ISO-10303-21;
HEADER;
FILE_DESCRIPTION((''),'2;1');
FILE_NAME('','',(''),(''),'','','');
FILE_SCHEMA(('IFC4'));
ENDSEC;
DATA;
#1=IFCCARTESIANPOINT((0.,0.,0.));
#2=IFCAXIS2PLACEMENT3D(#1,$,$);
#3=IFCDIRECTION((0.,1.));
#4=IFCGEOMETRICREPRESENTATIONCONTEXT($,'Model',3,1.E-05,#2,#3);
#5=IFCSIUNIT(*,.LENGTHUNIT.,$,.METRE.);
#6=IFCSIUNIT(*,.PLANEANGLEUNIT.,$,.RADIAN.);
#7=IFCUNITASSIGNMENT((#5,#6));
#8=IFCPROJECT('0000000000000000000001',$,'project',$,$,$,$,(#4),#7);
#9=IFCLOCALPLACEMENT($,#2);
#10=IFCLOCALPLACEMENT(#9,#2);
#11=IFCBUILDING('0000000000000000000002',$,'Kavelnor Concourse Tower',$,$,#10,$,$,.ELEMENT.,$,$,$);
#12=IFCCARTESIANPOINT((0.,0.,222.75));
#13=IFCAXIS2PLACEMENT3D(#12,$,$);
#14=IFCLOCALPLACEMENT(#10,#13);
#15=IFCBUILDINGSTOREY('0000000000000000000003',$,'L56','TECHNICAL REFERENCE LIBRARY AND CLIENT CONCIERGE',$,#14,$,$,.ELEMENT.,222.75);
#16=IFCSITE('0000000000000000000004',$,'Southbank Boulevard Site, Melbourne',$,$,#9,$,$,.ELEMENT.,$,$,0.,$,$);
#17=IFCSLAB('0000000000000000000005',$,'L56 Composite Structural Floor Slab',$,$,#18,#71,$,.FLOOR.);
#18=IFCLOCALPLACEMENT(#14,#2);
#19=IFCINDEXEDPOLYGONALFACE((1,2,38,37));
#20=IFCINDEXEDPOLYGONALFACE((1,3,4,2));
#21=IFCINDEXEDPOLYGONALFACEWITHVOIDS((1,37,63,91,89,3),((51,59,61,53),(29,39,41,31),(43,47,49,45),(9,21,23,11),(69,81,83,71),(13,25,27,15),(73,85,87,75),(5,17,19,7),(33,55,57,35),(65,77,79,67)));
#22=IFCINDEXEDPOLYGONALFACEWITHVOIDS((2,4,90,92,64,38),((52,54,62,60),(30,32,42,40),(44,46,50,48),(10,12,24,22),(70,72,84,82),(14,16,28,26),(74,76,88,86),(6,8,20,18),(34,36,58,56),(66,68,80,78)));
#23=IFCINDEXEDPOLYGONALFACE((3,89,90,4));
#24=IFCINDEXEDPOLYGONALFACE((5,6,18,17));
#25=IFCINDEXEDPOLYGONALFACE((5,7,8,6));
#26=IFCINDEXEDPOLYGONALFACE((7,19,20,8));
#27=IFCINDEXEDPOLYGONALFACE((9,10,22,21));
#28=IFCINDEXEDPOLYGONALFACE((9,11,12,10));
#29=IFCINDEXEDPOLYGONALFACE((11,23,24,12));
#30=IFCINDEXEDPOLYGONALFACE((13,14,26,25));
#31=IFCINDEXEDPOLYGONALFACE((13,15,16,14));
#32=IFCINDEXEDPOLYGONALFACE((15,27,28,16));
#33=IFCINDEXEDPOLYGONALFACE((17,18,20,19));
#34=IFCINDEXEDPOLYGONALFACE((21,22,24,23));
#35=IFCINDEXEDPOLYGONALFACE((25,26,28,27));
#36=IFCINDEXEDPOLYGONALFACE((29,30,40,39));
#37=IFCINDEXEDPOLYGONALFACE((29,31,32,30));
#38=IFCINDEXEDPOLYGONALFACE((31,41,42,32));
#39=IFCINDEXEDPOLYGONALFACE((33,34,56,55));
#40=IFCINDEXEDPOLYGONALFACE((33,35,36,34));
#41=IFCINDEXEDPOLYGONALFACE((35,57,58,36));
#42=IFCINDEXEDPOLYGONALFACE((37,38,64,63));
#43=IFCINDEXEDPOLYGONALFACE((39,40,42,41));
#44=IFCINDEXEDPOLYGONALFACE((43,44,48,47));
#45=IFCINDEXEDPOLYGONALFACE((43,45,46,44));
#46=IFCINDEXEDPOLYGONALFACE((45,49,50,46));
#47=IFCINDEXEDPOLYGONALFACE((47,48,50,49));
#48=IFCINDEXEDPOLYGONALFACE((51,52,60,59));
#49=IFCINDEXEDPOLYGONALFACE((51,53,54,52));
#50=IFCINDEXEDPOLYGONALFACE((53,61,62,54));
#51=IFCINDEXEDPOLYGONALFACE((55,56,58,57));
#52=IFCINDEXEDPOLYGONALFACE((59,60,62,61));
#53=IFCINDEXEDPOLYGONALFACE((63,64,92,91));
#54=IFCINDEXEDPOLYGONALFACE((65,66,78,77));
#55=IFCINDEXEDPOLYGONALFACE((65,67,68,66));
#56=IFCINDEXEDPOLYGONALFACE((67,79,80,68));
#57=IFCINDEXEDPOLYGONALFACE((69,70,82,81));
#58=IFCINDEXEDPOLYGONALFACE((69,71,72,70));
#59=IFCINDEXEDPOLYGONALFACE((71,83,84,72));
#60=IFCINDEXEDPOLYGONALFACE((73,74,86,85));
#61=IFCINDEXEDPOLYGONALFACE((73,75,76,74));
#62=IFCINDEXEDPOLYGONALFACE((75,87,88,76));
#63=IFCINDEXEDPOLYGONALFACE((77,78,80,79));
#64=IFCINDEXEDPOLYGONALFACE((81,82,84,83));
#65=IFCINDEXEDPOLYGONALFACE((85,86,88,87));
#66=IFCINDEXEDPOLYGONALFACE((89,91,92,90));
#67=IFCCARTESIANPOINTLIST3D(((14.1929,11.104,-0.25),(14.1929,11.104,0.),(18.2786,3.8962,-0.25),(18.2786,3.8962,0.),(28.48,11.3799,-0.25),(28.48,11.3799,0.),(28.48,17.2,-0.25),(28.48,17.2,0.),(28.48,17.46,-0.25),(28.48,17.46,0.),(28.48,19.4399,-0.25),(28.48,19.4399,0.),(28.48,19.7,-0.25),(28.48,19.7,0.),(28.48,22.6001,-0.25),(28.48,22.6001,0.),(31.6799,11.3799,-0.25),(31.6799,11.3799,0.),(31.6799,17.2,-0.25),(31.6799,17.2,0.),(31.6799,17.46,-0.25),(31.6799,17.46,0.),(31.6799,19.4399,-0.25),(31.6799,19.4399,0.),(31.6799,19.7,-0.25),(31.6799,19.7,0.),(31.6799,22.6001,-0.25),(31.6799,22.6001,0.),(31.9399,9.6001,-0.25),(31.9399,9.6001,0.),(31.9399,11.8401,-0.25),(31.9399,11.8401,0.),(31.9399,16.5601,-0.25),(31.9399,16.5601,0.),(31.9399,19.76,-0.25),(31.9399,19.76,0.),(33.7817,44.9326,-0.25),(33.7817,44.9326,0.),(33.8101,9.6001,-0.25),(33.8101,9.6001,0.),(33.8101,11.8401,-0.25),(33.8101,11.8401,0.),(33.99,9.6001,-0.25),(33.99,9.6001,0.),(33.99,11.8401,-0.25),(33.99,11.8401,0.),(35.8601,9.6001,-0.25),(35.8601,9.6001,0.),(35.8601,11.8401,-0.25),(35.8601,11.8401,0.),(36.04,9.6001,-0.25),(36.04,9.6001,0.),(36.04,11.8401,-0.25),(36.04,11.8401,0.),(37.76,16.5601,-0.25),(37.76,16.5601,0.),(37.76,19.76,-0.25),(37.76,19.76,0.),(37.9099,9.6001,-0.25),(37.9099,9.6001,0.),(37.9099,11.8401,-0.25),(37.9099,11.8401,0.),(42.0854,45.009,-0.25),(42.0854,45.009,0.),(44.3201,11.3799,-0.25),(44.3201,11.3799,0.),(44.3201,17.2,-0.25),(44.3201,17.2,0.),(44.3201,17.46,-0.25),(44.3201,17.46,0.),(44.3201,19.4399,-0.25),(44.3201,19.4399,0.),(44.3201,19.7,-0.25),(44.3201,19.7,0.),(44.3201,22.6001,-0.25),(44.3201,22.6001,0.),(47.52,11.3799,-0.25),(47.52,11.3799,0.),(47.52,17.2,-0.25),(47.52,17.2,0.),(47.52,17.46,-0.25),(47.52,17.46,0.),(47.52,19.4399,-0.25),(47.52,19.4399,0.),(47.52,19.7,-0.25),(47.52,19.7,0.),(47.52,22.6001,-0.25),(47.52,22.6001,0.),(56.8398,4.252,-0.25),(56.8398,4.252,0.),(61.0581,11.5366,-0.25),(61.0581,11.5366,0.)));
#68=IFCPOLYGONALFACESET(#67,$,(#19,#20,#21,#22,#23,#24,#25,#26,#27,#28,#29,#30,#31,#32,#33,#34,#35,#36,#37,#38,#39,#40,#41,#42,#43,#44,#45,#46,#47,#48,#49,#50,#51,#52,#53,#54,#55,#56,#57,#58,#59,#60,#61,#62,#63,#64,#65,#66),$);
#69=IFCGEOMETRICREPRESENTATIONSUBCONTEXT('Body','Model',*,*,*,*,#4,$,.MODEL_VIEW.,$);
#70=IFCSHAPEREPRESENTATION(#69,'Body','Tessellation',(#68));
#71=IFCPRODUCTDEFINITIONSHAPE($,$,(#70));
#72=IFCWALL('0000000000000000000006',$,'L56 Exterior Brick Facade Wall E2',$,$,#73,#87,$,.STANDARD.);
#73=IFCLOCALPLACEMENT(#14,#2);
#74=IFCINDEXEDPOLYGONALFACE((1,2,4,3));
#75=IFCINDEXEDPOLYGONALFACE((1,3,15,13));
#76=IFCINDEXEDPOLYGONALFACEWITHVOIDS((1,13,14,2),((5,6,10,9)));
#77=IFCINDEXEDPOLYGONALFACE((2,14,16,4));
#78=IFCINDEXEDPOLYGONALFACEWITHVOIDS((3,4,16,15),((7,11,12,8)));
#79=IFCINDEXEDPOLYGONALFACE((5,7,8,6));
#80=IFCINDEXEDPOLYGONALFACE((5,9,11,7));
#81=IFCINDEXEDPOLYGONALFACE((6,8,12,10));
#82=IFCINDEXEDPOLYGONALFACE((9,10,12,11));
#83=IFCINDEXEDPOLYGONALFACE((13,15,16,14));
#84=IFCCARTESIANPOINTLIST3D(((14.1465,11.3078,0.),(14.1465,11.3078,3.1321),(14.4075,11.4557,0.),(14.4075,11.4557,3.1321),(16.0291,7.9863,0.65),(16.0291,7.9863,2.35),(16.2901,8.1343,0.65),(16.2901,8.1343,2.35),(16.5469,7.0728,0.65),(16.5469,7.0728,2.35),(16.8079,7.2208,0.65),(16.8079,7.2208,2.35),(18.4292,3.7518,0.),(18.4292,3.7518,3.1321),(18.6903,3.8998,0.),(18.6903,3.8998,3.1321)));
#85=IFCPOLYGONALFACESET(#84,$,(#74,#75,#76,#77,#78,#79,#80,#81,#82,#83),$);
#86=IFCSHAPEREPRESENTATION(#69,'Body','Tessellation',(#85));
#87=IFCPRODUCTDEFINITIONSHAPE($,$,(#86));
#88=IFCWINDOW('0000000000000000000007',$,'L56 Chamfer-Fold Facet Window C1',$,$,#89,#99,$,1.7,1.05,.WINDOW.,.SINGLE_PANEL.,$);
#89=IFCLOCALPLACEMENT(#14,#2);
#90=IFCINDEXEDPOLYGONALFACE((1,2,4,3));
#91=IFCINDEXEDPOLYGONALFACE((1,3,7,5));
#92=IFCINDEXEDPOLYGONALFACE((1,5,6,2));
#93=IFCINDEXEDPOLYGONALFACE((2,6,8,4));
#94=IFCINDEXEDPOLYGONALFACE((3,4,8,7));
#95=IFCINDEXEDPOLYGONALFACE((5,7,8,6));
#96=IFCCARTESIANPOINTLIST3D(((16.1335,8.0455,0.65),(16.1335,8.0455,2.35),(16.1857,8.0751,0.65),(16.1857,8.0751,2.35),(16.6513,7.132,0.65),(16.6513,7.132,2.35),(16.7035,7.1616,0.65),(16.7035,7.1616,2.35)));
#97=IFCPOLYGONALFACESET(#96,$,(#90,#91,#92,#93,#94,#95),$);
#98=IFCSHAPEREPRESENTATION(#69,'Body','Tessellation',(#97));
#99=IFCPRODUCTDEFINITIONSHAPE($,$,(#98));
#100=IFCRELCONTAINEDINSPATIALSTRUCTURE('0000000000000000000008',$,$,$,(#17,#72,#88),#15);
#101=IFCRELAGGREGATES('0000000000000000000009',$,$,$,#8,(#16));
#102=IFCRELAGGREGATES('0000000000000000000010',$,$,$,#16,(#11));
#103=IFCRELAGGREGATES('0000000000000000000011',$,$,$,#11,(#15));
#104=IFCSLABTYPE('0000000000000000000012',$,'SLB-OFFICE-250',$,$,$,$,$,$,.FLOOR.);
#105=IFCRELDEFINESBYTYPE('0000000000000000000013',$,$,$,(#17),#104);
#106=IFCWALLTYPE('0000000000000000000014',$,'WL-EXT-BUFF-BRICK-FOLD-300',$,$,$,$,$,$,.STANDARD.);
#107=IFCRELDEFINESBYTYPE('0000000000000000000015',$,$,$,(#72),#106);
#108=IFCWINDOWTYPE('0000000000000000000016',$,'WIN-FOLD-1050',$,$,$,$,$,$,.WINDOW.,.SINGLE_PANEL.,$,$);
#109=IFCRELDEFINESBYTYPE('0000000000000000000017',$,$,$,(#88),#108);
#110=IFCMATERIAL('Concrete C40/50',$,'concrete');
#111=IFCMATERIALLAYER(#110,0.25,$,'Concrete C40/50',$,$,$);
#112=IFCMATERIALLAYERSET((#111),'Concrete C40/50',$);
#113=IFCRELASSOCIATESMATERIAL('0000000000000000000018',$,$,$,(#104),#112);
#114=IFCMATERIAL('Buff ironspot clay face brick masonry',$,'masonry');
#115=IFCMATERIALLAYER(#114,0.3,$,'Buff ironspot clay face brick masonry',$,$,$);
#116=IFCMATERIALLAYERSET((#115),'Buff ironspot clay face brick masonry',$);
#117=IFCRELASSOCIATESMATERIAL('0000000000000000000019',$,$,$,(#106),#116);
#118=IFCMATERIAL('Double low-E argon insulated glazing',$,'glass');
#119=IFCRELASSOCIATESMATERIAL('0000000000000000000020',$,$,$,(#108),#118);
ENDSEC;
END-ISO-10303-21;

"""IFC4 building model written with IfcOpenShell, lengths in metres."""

from ifc_helpers import new_model, si_unit, direction, frame, frame_2d, origin, place, context, subcontext, project, spatial, polyline, rectangle, outline, extrude, material, layer, layer_set, type_object, element, fill, save


model = new_model("IFC4")

# Units and contexts
model_context = context("Model", 3, precision=1e-05, world=origin(), true_north=direction((0.0, 1.0)))
body_context = subcontext(model_context, "Body", "Model", "MODEL_VIEW")
ifc_project = project(units=[si_unit("LENGTHUNIT", "METRE"), si_unit("PLANEANGLEUNIT", "RADIAN")], contexts=[model_context])

# Site, building, storey
site_placement = place(None, origin())
site = spatial("IfcSite", under=ifc_project, at=site_placement, Name="Southbank Boulevard Site, Melbourne", CompositionType="ELEMENT", RefElevation=0.0)
building_placement = place(site_placement, origin())
building = spatial("IfcBuilding", under=site, at=building_placement, Name="Kavelnor Concourse Tower", CompositionType="ELEMENT")
storey_placement = place(building_placement, frame((0.0, 0.0, 222.75)))
storey = spatial("IfcBuildingStorey", under=building, at=storey_placement, Name="L56", Description="TECHNICAL REFERENCE LIBRARY AND CLIENT CONCIERGE", CompositionType="ELEMENT", Elevation=222.75)

# Shared definitions
ifc_material_1 = material(Name="Concrete C40/50", Category="concrete")

# Slab
ifc_layer_1 = layer(ifc_material_1, 0.25, Name="Concrete C40/50")
ifc_layer_set_1 = layer_set([ifc_layer_1], Name="Concrete C40/50")
slab_type_1 = type_object("IfcSlabType", Name="SLB-OFFICE-250", PredefinedType="FLOOR", material=ifc_layer_set_1)
slab_1_placement = place(storey_placement, frame((0.0, 0.0, -0.25)))
element("IfcSlab", 1, at=slab_1_placement, inside=storey, type_object=slab_type_1, Name="L56 Composite Structural Floor Slab", PredefinedType="FLOOR", context=body_context, shape_type="SweptSolid", body=[
    extrude(outline(polyline([(42.0854, 45.009), (33.7817, 44.9326), (14.1929, 11.104), (18.2786, 3.8962), (56.8398, 4.252), (61.0581, 11.5366), (42.0854, 45.009)]), holes=[polyline([(28.48, 11.3799), (31.6799, 11.3799), (31.6799, 17.2), (28.48, 17.2), (28.48, 11.3799)]), polyline([(44.3201, 11.3799), (47.52, 11.3799), (47.52, 17.2), (44.3201, 17.2), (44.3201, 11.3799)]), polyline([(31.9399, 16.5601), (37.76, 16.5601), (37.76, 19.76), (31.9399, 19.76), (31.9399, 16.5601)]), polyline([(28.48, 19.7), (31.6799, 19.7), (31.6799, 22.6001), (28.48, 22.6001), (28.48, 19.7)]), polyline([(44.3201, 19.7), (47.52, 19.7), (47.52, 22.6001), (44.3201, 22.6001), (44.3201, 19.7)]), polyline([(31.9399, 9.6001), (33.8101, 9.6001), (33.8101, 11.8401), (31.9399, 11.8401), (31.9399, 9.6001)]), polyline([(33.99, 9.6001), (35.8601, 9.6001), (35.8601, 11.8401), (33.99, 11.8401), (33.99, 9.6001)]), polyline([(36.04, 9.6001), (37.9099, 9.6001), (37.9099, 11.8401), (36.04, 11.8401), (36.04, 9.6001)]), polyline([(28.48, 17.46), (31.6799, 17.46), (31.6799, 19.4399), (28.48, 19.4399), (28.48, 17.46)]), polyline([(44.3201, 17.46), (47.52, 17.46), (47.52, 19.4399), (44.3201, 19.4399), (44.3201, 17.46)])]), origin(), (0.0, 0.0, 1.0), 0.25),
])

# Wall, opening, window
ifc_material_2 = material(Name="Buff ironspot clay face brick masonry", Category="masonry")
ifc_layer_2 = layer(ifc_material_2, 0.3, Name="Buff ironspot clay face brick masonry")
ifc_layer_set_2 = layer_set([ifc_layer_2], Name="Buff ironspot clay face brick masonry")
wall_type_1 = type_object("IfcWallType", Name="WL-EXT-BUFF-BRICK-FOLD-300", PredefinedType="STANDARD", material=ifc_layer_set_2)
wall_1_placement = place(storey_placement, frame((18.5598, 3.8257, 0.0), z_axis=(0.0, 0.0, 1.0), x_axis=(-0.493103, 0.869971, 0.0)))
wall_1 = element("IfcWall", 2, at=wall_1_placement, inside=storey, type_object=wall_type_1, Name="L56 Exterior Brick Facade Wall E2", PredefinedType="STANDARD", context=body_context, shape_type="SweptSolid", body=[
    extrude(rectangle(XDim=8.6853, YDim=0.3, at=frame_2d((4.3428, 0.0))), origin(), (0.0, 0.0, 1.0), 3.1321),
])
opening_1_placement = place(wall_1_placement, frame((3.8176, 0.0, 0.6499)))
opening_1 = element("IfcOpeningElement", 3, at=opening_1_placement, cuts=wall_1, PredefinedType="OPENING", context=body_context, shape_type="SweptSolid", body=[
    extrude(rectangle(XDim=1.05, YDim=1.7, at=frame_2d((0.5249, 0.8501))), frame((0.0, 0.1602, 0.0), z_axis=(0.0, -1.0, 0.0), x_axis=(1.0, 0.0, 0.0)), (0.0, 0.0, 1.0), 0.3201),
])
ifc_material_3 = material(Name="Double low-E argon insulated glazing", Category="glass")
window_type_1 = type_object("IfcWindowType", Name="WIN-FOLD-1050", PartitioningType="SINGLE_PANEL", PredefinedType="WINDOW", material=ifc_material_3)
window_1_placement = place(opening_1_placement, origin())
window_1 = element("IfcWindow", 4, at=window_1_placement, inside=storey, type_object=window_type_1, Name="L56 Chamfer-Fold Facet Window C1", OverallHeight=1.7, OverallWidth=1.05, PartitioningType="SINGLE_PANEL", PredefinedType="WINDOW", context=body_context, shape_type="SweptSolid", body=[
    extrude(rectangle(XDim=1.05, YDim=1.7, at=frame_2d((0.5249, 0.8501))), frame((0.0, 0.03, 0.0), z_axis=(0.0, -1.0, 0.0), x_axis=(1.0, 0.0, 0.0)), (0.0, 0.0, 1.0), 0.0601),
])
fill(opening_1, window_1)

save(model, "model.ifc")
